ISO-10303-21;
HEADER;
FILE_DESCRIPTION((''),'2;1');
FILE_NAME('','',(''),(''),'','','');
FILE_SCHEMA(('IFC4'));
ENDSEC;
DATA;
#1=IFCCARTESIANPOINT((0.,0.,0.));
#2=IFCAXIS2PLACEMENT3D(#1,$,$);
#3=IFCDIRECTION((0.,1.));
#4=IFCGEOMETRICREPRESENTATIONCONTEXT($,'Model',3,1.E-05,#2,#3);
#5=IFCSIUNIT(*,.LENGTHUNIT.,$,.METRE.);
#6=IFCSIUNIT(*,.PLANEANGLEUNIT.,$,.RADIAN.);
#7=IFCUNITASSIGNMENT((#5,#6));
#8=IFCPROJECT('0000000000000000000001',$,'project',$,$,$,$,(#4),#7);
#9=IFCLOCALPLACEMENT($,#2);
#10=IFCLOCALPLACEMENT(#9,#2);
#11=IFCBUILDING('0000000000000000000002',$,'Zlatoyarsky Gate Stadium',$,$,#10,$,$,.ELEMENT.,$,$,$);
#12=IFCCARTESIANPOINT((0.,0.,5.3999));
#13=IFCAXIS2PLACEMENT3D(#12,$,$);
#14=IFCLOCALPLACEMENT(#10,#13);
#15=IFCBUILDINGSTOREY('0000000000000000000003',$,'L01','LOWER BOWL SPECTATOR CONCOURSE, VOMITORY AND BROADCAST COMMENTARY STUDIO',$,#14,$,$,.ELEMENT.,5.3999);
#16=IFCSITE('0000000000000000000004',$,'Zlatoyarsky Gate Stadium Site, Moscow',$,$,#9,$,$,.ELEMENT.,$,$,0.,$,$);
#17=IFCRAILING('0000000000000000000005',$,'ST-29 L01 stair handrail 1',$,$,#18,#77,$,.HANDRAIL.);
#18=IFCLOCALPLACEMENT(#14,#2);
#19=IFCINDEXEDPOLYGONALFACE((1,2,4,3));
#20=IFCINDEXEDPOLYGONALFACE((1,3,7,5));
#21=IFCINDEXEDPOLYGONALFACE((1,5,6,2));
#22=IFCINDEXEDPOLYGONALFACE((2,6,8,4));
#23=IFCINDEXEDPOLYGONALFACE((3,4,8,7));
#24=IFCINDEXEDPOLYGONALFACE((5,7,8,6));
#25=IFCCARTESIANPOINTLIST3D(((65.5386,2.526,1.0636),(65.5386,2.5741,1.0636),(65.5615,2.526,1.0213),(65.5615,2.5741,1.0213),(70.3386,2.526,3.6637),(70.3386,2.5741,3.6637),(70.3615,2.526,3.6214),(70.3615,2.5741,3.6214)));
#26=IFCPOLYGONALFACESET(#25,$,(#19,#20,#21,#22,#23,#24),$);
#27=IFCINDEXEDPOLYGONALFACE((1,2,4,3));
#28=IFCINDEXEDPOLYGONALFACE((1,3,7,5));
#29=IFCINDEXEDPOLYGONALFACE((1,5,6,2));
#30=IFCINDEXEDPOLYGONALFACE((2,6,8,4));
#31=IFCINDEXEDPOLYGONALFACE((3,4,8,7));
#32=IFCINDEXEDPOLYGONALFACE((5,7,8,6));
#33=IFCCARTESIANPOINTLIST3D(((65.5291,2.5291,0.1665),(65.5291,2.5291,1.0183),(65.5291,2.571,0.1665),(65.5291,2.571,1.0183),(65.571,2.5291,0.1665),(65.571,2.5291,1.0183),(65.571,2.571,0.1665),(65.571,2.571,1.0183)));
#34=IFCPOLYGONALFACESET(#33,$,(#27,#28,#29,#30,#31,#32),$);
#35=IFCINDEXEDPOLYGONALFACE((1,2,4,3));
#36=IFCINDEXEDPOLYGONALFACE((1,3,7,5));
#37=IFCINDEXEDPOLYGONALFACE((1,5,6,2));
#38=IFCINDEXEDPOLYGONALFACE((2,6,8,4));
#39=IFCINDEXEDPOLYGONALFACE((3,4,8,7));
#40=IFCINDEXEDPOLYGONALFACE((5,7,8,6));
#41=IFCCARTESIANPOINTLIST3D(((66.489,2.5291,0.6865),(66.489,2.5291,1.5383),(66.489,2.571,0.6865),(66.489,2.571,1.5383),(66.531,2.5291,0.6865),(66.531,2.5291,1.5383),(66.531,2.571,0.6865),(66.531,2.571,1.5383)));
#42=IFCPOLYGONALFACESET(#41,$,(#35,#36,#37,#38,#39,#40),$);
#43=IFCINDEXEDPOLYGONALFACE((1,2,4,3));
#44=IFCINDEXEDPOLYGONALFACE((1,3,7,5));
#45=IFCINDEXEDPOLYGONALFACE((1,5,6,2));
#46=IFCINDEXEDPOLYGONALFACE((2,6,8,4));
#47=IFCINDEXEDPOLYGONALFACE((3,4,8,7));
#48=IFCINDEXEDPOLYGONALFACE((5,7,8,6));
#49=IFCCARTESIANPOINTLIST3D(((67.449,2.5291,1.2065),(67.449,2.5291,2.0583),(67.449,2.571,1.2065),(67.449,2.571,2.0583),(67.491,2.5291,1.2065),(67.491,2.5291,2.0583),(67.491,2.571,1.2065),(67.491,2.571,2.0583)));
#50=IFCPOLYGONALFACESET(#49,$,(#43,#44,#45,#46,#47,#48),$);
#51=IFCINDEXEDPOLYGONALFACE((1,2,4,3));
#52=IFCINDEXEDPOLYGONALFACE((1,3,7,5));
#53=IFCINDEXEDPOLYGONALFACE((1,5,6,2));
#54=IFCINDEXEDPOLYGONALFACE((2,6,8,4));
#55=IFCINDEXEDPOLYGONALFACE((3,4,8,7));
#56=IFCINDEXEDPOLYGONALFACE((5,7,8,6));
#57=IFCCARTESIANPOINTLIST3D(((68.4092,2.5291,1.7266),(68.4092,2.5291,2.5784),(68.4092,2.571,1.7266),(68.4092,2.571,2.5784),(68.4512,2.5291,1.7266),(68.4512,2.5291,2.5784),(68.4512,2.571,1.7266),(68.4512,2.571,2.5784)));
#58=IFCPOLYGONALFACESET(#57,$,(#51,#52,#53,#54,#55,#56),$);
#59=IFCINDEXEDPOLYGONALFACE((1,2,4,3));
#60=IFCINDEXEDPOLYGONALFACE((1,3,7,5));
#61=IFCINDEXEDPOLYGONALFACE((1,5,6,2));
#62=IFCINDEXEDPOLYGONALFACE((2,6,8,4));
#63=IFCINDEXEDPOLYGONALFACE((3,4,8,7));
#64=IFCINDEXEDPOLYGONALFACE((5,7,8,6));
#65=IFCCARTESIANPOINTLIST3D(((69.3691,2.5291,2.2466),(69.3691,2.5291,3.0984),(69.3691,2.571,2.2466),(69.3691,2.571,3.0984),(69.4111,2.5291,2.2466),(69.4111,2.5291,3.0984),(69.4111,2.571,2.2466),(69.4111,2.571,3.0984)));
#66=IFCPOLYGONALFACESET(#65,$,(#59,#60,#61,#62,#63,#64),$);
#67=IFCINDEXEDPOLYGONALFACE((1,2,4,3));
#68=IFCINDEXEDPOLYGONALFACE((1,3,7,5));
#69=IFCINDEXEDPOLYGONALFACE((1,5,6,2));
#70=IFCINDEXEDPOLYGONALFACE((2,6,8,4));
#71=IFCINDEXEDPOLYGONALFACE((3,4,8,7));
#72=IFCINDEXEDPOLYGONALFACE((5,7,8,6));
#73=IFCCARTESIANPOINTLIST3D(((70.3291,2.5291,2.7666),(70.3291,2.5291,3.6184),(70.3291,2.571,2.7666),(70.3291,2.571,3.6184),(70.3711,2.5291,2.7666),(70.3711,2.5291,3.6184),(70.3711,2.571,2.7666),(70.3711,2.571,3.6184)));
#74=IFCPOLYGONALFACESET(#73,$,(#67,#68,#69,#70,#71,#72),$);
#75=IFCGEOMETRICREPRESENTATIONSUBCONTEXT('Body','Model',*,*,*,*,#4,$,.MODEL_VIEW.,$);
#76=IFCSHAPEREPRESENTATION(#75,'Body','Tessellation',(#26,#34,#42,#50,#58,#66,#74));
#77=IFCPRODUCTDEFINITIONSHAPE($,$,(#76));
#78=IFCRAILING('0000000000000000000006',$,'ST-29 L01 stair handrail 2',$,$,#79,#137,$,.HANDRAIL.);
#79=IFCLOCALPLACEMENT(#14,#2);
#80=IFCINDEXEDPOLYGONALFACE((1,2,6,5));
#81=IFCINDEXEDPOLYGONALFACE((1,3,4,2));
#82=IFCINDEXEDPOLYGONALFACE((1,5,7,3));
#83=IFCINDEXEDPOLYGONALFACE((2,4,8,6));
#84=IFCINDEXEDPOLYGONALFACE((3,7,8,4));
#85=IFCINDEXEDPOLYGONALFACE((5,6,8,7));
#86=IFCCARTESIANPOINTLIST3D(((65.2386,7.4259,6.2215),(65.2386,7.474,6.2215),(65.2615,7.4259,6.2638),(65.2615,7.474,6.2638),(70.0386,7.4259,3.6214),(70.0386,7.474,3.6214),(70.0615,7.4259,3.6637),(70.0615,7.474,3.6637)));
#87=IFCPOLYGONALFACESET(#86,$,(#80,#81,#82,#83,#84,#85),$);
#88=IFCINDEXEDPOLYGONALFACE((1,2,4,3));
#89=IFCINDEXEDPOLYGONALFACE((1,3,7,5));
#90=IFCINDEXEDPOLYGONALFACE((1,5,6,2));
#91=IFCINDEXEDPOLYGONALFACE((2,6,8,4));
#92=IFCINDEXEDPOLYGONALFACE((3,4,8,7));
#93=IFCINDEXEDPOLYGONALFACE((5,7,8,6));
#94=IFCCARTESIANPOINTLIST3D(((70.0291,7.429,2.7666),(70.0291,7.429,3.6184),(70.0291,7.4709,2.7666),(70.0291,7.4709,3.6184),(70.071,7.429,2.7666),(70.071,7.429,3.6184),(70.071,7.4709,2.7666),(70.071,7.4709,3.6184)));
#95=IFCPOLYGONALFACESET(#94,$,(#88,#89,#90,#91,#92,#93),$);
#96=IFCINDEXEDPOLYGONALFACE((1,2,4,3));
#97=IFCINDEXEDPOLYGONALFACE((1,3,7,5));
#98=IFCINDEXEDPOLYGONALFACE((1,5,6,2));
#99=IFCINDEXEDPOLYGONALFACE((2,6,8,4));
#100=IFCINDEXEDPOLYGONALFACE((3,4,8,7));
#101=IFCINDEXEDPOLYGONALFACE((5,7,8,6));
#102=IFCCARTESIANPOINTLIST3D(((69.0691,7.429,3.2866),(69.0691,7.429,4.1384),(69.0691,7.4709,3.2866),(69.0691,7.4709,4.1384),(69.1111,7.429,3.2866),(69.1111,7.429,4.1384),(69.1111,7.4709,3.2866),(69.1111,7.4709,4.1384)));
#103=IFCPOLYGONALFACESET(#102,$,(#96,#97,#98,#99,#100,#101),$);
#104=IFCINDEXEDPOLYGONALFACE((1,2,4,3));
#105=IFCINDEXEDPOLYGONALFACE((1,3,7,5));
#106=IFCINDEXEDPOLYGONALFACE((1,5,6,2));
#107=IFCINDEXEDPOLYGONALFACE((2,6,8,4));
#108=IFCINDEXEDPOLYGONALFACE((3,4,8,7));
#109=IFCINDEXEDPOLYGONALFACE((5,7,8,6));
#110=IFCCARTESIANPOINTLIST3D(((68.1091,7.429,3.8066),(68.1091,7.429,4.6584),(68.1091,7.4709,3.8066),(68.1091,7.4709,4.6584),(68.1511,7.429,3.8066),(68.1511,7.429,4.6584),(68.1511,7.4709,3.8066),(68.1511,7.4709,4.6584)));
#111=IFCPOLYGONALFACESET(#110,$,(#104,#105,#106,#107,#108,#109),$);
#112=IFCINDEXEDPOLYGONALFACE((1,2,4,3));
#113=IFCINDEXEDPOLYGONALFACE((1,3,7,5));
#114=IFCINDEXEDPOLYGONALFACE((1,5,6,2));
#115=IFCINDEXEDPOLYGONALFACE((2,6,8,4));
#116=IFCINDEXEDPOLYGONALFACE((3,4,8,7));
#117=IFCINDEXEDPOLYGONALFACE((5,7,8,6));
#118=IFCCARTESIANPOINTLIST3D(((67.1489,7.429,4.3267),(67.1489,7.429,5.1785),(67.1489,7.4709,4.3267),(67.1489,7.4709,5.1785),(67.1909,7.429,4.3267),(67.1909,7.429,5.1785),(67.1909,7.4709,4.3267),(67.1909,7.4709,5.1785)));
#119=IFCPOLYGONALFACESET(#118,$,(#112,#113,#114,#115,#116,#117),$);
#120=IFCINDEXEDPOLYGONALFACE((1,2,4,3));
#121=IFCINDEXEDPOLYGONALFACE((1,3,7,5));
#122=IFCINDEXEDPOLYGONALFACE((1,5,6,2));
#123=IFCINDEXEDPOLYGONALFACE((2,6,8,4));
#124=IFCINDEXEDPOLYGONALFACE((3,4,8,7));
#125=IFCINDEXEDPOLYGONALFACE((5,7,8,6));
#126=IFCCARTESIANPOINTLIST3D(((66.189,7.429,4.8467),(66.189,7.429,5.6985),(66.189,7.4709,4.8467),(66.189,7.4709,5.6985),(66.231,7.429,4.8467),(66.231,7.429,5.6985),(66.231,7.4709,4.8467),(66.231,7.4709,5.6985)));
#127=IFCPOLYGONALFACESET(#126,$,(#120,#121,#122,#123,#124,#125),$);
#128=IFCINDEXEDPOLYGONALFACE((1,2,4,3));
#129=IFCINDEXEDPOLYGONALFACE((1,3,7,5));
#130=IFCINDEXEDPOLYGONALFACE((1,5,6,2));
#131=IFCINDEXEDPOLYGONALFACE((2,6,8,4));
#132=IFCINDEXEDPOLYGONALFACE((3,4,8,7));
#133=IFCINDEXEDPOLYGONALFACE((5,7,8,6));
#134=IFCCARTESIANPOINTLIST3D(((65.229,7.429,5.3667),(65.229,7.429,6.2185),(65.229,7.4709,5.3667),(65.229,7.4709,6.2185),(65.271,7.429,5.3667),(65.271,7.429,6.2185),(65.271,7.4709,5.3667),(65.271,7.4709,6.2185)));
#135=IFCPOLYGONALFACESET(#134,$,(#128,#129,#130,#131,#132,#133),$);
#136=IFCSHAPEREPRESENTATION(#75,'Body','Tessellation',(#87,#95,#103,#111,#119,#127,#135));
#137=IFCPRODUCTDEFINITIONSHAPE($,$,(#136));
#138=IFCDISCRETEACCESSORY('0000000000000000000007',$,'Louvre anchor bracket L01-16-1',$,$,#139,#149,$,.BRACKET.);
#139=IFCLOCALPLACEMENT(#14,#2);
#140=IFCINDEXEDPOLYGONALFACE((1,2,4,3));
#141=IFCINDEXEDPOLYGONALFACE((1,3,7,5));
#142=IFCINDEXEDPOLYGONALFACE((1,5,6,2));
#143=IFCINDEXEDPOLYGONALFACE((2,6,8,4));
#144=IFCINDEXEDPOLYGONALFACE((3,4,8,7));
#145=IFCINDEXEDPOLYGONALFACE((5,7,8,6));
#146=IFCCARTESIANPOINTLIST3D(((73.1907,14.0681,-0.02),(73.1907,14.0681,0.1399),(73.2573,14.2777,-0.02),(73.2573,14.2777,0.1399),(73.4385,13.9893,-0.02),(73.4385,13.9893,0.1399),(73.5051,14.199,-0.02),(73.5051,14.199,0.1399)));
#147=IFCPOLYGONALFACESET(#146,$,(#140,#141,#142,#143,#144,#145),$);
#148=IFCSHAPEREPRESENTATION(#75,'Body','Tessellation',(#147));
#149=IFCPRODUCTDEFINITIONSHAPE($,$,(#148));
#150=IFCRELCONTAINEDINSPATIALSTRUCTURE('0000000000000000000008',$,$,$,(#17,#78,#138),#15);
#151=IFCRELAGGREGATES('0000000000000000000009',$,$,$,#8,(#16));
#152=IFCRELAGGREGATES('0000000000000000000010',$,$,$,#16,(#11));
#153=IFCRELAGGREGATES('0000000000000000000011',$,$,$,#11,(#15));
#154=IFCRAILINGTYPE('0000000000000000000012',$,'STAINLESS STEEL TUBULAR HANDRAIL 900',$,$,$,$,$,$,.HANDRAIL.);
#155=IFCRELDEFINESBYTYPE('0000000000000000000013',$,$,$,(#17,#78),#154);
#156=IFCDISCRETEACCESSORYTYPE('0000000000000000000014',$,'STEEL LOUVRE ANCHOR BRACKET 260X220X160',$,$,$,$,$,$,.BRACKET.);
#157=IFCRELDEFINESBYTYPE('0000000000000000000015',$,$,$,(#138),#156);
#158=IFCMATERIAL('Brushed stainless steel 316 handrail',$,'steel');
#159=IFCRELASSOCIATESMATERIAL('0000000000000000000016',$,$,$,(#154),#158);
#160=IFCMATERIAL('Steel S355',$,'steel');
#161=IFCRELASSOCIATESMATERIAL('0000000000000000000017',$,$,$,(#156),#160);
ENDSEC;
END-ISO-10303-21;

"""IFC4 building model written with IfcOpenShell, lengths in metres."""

from ifc_helpers import new_model, si_unit, direction, frame, origin, origin_2d, place, context, subcontext, project, spatial, rectangle, extrude, material, type_object, element, save


model = new_model("IFC4")

# Units and contexts
model_context = context("Model", 3, precision=1e-05, world=origin(), true_north=direction((0.0, 1.0)))
body_context = subcontext(model_context, "Body", "Model", "MODEL_VIEW")
ifc_project = project(units=[si_unit("LENGTHUNIT", "METRE"), si_unit("PLANEANGLEUNIT", "RADIAN")], contexts=[model_context])

# Site, building, storey
site_placement = place(None, origin())
site = spatial("IfcSite", under=ifc_project, at=site_placement, Name="Zlatoyarsky Gate Stadium Site, Moscow", CompositionType="ELEMENT", RefElevation=0.0)
building_placement = place(site_placement, origin())
building = spatial("IfcBuilding", under=site, at=building_placement, Name="Zlatoyarsky Gate Stadium", CompositionType="ELEMENT")
storey_placement = place(building_placement, frame((0.0, 0.0, 5.3999)))
storey = spatial("IfcBuildingStorey", under=building, at=storey_placement, Name="L01", Description="LOWER BOWL SPECTATOR CONCOURSE, VOMITORY AND BROADCAST COMMENTARY STUDIO", CompositionType="ELEMENT", Elevation=5.3999)

# Shared definitions
ifc_material_1 = material(Name="Steel S355", Category="steel")

# Railings
ifc_material_2 = material(Name="Brushed stainless steel 316 handrail", Category="steel")
railing_type_1 = type_object("IfcRailingType", Name="STAINLESS STEEL TUBULAR HANDRAIL 900", PredefinedType="HANDRAIL", material=ifc_material_2)
railing_1_placement = place(storey_placement, frame((65.55, 2.55, 0.1665)))
element("IfcRailing", 1, at=railing_1_placement, inside=storey, type_object=railing_type_1, Name="ST-29 L01 stair handrail 1", PredefinedType="HANDRAIL", context=body_context, shape_type="SweptSolid", body=[
    extrude(rectangle(XDim=0.0481, YDim=0.0481, at=origin_2d()), frame((0.0, 0.0, 0.876), z_axis=(0.879287, 0.0, 0.476293), x_axis=(0.0, 1.0, 0.0)), (0.0, 0.0, 1.0), 5.459),
    extrude(rectangle(XDim=0.042, YDim=0.042, at=origin_2d()), origin(), (0.0, 0.0, 1.0), 0.8518),
    extrude(rectangle(XDim=0.042, YDim=0.042, at=origin_2d()), frame((0.96, 0.0, 0.52)), (0.0, 0.0, 1.0), 0.8518),
    extrude(rectangle(XDim=0.042, YDim=0.042, at=origin_2d()), frame((1.9199, 0.0, 1.04)), (0.0, 0.0, 1.0), 0.8518),
    extrude(rectangle(XDim=0.042, YDim=0.042, at=origin_2d()), frame((2.8801, 0.0, 1.5601)), (0.0, 0.0, 1.0), 0.8518),
    extrude(rectangle(XDim=0.042, YDim=0.042, at=origin_2d()), frame((3.8401, 0.0, 2.0801)), (0.0, 0.0, 1.0), 0.8518),
    extrude(rectangle(XDim=0.042, YDim=0.042, at=origin_2d()), frame((4.8, 0.0, 2.6001)), (0.0, 0.0, 1.0), 0.8518),
])
railing_2_placement = place(storey_placement, frame((70.05, 7.45, 2.7666)))
element("IfcRailing", 2, at=railing_2_placement, inside=storey, type_object=railing_type_1, Name="ST-29 L01 stair handrail 2", PredefinedType="HANDRAIL", context=body_context, shape_type="SweptSolid", body=[
    extrude(rectangle(XDim=0.0481, YDim=0.0481, at=origin_2d()), frame((0.0, 0.0, 0.876), z_axis=(-0.879287, 0.0, 0.476293), x_axis=(0.0, -1.0, 0.0)), (0.0, 0.0, 1.0), 5.459),
    extrude(rectangle(XDim=0.042, YDim=0.042, at=origin_2d()), origin(), (0.0, 0.0, 1.0), 0.8518),
    extrude(rectangle(XDim=0.042, YDim=0.042, at=origin_2d()), frame((-0.96, 0.0, 0.52)), (0.0, 0.0, 1.0), 0.8518),
    extrude(rectangle(XDim=0.042, YDim=0.042, at=origin_2d()), frame((-1.9199, 0.0, 1.04)), (0.0, 0.0, 1.0), 0.8518),
    extrude(rectangle(XDim=0.042, YDim=0.042, at=origin_2d()), frame((-2.8801, 0.0, 1.5601)), (0.0, 0.0, 1.0), 0.8518),
    extrude(rectangle(XDim=0.042, YDim=0.042, at=origin_2d()), frame((-3.8401, 0.0, 2.0801)), (0.0, 0.0, 1.0), 0.8518),
    extrude(rectangle(XDim=0.042, YDim=0.042, at=origin_2d()), frame((-4.8, 0.0, 2.6001)), (0.0, 0.0, 1.0), 0.8518),
])

# Discrete accessory
discrete_accessory_type = type_object("IfcDiscreteAccessoryType", Name="STEEL LOUVRE ANCHOR BRACKET 260X220X160", PredefinedType="BRACKET", material=ifc_material_1)
discrete_accessory_placement = place(storey_placement, frame((73.3479, 14.1335, -0.02), z_axis=(0.0, 0.0, 1.0), x_axis=(0.953027, -0.302886, 0.0)))
element("IfcDiscreteAccessory", 3, at=discrete_accessory_placement, inside=storey, type_object=discrete_accessory_type, Name="Louvre anchor bracket L01-16-1", PredefinedType="BRACKET", context=body_context, shape_type="SweptSolid", body=[
    extrude(rectangle(XDim=0.26, YDim=0.22, at=origin_2d()), origin(), (0.0, 0.0, 1.0), 0.1599),
])

save(model, "model.ifc")
